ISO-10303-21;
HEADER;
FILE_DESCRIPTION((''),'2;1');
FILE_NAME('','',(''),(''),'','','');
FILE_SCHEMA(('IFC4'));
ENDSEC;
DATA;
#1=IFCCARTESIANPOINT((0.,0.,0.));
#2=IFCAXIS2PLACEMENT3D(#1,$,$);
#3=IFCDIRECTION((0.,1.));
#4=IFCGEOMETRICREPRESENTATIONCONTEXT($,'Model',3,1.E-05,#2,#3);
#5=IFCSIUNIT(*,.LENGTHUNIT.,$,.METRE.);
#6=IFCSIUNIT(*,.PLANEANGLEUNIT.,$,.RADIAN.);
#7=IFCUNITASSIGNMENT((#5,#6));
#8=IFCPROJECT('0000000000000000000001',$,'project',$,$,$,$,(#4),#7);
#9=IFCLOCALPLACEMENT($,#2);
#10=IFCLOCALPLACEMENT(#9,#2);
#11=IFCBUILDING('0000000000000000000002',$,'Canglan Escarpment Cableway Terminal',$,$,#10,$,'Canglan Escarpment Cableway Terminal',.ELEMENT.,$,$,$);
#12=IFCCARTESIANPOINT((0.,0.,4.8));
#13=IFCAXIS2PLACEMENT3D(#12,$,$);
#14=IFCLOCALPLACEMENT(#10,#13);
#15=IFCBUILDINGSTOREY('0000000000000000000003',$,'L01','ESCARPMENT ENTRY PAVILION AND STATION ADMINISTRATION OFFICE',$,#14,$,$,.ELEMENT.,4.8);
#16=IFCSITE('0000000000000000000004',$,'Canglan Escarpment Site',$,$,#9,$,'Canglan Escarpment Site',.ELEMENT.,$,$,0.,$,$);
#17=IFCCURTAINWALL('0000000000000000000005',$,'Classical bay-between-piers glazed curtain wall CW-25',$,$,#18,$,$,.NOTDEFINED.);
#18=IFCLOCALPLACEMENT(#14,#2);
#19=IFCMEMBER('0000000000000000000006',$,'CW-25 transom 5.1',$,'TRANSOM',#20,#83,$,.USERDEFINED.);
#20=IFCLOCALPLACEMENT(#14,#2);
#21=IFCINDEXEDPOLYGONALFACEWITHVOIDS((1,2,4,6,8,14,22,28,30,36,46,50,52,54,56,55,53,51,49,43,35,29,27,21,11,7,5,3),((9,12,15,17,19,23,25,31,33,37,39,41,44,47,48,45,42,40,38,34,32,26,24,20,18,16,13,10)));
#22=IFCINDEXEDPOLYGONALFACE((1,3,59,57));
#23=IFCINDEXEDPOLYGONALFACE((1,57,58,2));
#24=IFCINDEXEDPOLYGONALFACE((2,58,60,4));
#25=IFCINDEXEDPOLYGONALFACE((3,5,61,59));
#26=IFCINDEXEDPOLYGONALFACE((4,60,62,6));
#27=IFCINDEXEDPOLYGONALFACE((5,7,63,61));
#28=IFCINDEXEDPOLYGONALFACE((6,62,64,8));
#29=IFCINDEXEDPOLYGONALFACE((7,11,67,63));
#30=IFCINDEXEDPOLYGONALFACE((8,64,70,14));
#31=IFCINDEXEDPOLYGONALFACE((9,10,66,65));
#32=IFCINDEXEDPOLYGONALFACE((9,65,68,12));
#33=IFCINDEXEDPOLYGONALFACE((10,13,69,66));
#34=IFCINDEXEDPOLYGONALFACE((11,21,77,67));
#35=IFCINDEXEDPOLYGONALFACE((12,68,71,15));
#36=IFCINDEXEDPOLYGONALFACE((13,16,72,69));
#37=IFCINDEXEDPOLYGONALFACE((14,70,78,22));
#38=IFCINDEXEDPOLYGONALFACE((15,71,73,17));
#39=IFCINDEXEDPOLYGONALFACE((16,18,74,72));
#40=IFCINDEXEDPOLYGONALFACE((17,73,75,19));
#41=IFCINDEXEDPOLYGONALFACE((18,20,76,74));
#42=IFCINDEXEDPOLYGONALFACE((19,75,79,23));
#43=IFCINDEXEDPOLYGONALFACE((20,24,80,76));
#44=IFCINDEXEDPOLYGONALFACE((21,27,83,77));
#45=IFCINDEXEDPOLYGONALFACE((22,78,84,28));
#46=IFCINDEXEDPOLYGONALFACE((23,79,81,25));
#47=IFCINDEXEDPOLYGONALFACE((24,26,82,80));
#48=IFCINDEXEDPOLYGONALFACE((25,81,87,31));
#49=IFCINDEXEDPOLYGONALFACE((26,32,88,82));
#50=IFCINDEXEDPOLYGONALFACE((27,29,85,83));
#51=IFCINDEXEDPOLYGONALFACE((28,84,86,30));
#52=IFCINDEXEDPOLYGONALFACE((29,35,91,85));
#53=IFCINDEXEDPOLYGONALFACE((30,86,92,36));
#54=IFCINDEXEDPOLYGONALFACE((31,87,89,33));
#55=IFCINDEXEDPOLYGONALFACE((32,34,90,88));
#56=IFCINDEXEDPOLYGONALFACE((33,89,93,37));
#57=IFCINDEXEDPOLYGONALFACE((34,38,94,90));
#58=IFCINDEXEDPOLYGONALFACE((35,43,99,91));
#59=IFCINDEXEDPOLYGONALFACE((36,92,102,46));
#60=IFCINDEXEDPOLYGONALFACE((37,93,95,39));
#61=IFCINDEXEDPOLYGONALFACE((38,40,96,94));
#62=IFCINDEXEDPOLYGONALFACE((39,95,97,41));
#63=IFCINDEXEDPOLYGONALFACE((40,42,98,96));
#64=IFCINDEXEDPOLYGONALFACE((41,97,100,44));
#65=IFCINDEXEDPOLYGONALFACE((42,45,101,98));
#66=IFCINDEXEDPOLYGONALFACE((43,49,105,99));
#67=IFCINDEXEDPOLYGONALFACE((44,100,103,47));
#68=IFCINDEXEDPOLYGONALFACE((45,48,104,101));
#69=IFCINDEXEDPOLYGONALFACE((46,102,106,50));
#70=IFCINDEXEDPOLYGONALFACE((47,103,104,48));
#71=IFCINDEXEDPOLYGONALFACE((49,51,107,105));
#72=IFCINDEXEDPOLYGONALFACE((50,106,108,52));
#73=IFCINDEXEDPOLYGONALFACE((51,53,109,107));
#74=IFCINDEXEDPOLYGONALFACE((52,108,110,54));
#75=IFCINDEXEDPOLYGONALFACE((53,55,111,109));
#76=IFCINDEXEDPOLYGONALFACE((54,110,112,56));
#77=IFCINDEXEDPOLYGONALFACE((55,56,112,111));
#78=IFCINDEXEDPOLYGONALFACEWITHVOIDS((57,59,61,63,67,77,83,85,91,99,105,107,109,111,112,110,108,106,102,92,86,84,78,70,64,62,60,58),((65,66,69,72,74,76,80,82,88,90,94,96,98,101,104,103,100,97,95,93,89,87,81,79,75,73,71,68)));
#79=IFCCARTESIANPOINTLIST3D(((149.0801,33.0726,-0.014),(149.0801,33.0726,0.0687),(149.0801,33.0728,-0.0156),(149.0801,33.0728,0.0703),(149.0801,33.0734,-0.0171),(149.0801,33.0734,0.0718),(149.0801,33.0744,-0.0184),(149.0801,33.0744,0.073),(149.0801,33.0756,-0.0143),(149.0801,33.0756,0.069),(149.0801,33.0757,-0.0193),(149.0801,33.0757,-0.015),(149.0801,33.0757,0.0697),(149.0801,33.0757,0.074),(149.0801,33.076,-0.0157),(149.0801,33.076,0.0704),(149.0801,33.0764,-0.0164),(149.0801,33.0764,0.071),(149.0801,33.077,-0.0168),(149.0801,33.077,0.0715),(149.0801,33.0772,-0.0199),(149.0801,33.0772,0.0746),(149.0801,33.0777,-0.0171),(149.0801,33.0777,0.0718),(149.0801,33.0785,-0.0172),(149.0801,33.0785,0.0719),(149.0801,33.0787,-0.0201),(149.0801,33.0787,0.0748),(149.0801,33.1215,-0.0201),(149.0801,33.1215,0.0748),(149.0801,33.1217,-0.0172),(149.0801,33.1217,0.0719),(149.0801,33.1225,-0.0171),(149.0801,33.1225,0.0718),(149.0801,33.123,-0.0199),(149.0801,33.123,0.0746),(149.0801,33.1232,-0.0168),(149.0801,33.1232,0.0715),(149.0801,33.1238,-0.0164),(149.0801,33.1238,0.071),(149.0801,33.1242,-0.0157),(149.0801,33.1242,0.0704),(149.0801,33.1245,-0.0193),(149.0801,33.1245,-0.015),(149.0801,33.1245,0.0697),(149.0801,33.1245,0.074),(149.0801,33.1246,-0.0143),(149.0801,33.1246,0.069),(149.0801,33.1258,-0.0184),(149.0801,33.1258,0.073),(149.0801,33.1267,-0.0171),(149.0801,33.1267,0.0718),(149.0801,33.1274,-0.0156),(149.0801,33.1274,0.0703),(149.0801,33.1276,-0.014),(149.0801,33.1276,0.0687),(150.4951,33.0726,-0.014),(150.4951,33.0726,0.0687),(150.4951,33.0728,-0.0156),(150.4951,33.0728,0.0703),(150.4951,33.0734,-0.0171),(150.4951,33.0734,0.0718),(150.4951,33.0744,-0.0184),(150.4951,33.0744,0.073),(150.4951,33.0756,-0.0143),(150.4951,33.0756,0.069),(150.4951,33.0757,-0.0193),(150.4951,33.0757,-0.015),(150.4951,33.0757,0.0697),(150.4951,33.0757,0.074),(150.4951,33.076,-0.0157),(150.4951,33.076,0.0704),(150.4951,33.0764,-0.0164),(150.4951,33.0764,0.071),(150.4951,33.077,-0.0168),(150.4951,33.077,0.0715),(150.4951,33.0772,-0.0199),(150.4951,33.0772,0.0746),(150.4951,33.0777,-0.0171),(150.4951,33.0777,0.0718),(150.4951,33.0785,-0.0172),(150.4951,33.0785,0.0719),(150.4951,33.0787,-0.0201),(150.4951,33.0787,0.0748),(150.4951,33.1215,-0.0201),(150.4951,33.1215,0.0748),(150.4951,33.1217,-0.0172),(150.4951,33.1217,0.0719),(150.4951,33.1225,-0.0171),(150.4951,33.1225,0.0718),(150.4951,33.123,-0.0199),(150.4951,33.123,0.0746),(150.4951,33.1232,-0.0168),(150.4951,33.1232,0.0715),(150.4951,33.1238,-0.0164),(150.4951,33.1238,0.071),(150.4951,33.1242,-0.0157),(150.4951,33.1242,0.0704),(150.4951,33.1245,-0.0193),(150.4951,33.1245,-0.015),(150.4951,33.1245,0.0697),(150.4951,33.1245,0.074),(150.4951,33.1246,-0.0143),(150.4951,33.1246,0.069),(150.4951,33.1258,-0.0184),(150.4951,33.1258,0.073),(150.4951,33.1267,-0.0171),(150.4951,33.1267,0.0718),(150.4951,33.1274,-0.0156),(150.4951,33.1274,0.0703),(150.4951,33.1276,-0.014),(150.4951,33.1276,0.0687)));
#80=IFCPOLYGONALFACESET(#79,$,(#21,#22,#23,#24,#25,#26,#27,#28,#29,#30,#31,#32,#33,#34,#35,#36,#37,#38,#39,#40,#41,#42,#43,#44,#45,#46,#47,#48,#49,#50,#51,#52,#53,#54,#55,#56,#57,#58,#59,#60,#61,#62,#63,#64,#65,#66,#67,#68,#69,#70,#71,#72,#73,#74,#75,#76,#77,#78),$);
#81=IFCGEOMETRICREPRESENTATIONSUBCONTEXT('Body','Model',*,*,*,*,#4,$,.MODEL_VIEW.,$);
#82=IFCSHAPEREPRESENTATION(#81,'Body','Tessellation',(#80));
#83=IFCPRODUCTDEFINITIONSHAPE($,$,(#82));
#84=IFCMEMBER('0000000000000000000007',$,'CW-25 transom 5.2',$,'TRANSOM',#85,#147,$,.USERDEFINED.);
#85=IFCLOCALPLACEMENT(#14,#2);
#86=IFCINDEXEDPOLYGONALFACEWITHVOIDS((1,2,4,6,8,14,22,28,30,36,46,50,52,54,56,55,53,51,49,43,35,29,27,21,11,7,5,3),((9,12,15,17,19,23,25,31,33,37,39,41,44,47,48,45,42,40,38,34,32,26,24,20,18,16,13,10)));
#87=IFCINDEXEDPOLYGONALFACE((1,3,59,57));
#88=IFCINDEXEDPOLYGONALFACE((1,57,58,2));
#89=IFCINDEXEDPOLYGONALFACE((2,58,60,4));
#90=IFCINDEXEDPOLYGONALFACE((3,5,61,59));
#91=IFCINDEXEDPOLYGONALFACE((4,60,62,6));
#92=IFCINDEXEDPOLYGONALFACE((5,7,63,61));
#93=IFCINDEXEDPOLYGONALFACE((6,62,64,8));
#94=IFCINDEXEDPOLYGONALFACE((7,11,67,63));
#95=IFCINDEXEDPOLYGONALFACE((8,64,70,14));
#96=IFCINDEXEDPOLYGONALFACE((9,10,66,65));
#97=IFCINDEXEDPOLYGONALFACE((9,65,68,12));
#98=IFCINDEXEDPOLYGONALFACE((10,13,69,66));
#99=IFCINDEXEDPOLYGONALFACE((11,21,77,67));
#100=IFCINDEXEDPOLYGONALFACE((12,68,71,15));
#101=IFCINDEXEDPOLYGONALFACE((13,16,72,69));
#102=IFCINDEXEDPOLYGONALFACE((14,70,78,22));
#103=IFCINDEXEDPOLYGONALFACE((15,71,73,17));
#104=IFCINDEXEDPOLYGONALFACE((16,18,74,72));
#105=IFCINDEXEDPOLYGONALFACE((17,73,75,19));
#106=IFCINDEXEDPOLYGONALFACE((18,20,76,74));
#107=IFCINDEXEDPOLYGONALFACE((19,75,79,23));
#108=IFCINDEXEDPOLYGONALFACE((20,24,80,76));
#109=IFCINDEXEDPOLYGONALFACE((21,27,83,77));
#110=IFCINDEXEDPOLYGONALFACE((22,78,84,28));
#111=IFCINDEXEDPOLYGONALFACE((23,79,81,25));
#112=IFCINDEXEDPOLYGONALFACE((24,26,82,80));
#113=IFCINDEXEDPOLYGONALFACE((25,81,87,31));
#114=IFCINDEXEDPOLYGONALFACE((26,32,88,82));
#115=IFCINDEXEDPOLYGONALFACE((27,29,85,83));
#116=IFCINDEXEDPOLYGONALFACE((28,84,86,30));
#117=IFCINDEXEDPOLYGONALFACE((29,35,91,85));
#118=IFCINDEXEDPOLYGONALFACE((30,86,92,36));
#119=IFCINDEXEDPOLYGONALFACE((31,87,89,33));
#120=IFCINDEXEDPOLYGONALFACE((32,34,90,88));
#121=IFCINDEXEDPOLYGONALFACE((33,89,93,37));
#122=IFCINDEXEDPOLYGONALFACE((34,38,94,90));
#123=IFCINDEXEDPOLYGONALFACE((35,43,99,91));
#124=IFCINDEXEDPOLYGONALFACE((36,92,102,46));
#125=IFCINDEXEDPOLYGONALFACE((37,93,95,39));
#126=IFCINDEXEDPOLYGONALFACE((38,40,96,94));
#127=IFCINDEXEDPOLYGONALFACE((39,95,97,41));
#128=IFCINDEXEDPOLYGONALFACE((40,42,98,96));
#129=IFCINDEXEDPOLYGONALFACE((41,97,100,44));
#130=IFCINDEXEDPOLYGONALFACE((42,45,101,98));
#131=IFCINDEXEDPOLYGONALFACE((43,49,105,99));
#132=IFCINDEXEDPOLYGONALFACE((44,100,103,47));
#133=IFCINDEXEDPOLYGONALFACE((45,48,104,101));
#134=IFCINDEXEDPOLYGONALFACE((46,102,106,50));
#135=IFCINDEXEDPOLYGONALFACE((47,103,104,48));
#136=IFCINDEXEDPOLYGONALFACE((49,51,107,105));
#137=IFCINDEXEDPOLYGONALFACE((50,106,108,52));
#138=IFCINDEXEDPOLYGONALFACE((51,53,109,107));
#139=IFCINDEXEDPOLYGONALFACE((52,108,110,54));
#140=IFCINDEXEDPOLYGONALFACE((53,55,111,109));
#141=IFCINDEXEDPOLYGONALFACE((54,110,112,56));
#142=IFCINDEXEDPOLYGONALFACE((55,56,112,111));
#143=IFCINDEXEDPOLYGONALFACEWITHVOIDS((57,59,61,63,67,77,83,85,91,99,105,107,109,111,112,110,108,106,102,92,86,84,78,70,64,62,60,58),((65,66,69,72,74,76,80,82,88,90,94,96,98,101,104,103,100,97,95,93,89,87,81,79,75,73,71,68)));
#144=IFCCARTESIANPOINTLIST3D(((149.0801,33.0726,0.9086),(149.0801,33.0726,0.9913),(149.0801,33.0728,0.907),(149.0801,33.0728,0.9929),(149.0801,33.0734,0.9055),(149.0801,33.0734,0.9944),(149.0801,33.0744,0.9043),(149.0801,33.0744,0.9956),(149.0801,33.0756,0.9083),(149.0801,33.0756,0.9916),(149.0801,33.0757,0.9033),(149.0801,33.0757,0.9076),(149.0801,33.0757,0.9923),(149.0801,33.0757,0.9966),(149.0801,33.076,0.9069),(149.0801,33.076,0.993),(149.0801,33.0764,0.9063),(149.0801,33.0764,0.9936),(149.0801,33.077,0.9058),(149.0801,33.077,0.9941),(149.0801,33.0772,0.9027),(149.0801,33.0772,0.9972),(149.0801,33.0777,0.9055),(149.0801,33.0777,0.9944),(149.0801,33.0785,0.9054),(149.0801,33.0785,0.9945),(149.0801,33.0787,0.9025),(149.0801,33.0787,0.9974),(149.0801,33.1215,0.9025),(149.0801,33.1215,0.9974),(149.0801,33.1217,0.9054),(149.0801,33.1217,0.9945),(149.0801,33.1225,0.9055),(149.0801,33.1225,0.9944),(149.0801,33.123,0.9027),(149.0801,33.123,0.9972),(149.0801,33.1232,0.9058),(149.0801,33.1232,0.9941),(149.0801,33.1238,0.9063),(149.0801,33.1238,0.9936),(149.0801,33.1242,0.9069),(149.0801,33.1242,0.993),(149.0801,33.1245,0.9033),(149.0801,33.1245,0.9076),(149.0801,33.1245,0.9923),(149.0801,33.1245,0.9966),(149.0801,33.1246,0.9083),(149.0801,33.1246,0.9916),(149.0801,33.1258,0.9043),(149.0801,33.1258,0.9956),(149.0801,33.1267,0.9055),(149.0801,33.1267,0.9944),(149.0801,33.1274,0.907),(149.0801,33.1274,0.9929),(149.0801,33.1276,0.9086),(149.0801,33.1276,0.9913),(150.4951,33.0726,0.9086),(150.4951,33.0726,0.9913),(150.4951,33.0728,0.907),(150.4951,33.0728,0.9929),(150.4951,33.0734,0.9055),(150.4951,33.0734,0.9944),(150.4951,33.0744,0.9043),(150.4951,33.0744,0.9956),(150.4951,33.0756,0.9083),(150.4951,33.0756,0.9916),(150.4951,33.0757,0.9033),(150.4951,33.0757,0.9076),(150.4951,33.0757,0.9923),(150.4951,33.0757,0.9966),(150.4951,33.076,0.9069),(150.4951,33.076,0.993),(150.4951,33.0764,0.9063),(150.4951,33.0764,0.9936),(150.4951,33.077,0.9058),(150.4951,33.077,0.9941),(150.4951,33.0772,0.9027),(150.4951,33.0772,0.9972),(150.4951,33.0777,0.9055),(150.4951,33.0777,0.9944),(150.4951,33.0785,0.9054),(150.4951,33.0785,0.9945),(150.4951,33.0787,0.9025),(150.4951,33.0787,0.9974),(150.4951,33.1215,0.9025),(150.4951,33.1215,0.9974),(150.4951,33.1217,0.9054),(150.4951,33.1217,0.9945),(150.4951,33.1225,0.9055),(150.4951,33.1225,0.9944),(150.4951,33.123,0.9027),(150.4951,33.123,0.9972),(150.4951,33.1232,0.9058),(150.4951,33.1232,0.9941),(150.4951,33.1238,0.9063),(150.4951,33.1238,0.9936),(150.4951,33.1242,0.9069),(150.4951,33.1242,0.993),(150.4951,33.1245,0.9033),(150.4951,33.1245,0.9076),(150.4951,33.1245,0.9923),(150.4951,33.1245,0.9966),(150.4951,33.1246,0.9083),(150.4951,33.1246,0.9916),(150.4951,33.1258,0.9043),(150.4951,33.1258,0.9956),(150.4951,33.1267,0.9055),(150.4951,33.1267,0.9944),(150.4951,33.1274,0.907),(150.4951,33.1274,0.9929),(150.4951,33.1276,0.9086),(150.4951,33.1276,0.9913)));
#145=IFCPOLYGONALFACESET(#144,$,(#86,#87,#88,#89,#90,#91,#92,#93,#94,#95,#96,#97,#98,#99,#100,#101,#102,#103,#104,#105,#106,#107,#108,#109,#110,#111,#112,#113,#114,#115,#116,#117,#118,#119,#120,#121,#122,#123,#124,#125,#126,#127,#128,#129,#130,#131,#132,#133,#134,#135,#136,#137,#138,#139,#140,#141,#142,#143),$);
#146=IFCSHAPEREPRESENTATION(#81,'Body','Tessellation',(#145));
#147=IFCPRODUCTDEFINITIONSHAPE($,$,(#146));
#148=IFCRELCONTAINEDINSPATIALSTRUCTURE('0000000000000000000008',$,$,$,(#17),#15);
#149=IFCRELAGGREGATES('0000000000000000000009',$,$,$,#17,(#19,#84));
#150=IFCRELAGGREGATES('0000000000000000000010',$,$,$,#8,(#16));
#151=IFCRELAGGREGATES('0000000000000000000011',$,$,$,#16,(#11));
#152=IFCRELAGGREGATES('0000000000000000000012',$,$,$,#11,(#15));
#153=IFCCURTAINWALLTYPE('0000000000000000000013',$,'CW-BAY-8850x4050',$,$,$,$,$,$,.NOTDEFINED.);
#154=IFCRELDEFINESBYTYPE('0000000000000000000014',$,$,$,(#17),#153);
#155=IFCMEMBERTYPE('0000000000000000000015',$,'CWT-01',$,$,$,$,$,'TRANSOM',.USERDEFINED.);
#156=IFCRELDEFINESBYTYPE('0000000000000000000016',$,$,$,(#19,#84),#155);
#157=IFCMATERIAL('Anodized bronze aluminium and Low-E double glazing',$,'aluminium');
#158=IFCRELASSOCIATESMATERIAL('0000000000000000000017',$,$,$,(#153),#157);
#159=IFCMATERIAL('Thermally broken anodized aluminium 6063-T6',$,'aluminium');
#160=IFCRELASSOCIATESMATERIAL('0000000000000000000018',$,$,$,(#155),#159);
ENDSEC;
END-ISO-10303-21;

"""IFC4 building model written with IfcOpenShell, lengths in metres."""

from ifc_helpers import new_model, si_unit, direction, frame, origin, origin_2d, place, context, subcontext, project, spatial, hollow_rectangle, extrude, material, material_profile, profile_set, type_object, element, aggregate, save


model = new_model("IFC4")

# Units and contexts
model_context = context("Model", 3, precision=1e-05, world=origin(), true_north=direction((0.0, 1.0)))
body_context = subcontext(model_context, "Body", "Model", "MODEL_VIEW")
ifc_project = project(units=[si_unit("LENGTHUNIT", "METRE"), si_unit("PLANEANGLEUNIT", "RADIAN")], contexts=[model_context])

# Site, building, storey
site_placement = place(None, origin())
site = spatial("IfcSite", under=ifc_project, at=site_placement, Name="Canglan Escarpment Site", LongName="Canglan Escarpment Site", CompositionType="ELEMENT", RefElevation=0.0)
building_placement = place(site_placement, origin())
building = spatial("IfcBuilding", under=site, at=building_placement, Name="Canglan Escarpment Cableway Terminal", LongName="Canglan Escarpment Cableway Terminal", CompositionType="ELEMENT")
storey_placement = place(building_placement, frame((0.0, 0.0, 4.8)))
storey = spatial("IfcBuildingStorey", under=building, at=storey_placement, Name="L01", Description="ESCARPMENT ENTRY PAVILION AND STATION ADMINISTRATION OFFICE", CompositionType="ELEMENT", Elevation=4.8)

# Curtain wall, members
ifc_material_1 = material(Name="Anodized bronze aluminium and Low-E double glazing", Category="aluminium")
curtain_wall_type = type_object("IfcCurtainWallType", Name="CW-BAY-8850x4050", PredefinedType="NOTDEFINED", material=ifc_material_1)
curtain_wall_placement = place(storey_placement, origin())
curtain_wall = element("IfcCurtainWall", 1, at=curtain_wall_placement, inside=storey, type_object=curtain_wall_type, Name="Classical bay-between-piers glazed curtain wall CW-25", PredefinedType="NOTDEFINED")
ifc_material_2 = material(Name="Thermally broken anodized aluminium 6063-T6", Category="aluminium")
ifc_material_profile_1 = material_profile(ifc_material_2, hollow_rectangle(XDim=0.0549, YDim=0.095, WallThickness=0.0029, InnerFilletRadius=0.0029, OuterFilletRadius=0.0061, at=origin_2d()), Name="ALU-TRAN 55x95x3")
ifc_profile_set_1 = profile_set([ifc_material_profile_1], Name="Thermally broken anodized aluminium 6063-T6")
member_type_1 = type_object("IfcMemberType", Name="CWT-01", ElementType="TRANSOM", PredefinedType="USERDEFINED", material=ifc_profile_set_1)
member_1_placement = place(storey_placement, frame((150.4951, 33.1001, 0.0273), z_axis=(-1.0, 0.0, 0.0), x_axis=(0.0, -1.0, 0.0)))
member_1 = element("IfcMember", 2, at=member_1_placement, type_object=member_type_1, Name="CW-25 transom 5.1", ObjectType="TRANSOM", PredefinedType="USERDEFINED", context=body_context, shape_type="SweptSolid", body=[
    extrude(hollow_rectangle(XDim=0.0549, YDim=0.095, WallThickness=0.0029, InnerFilletRadius=0.0029, OuterFilletRadius=0.0061, at=origin_2d()), origin(), (0.0, 0.0, 1.0), 1.415),
])
member_2_placement = place(storey_placement, frame((150.4951, 33.1001, 0.95), z_axis=(-1.0, 0.0, 0.0), x_axis=(0.0, -1.0, 0.0)))
member_2 = element("IfcMember", 3, at=member_2_placement, type_object=member_type_1, Name="CW-25 transom 5.2", ObjectType="TRANSOM", PredefinedType="USERDEFINED", context=body_context, shape_type="SweptSolid", body=[
    extrude(hollow_rectangle(XDim=0.0549, YDim=0.095, WallThickness=0.0029, InnerFilletRadius=0.0029, OuterFilletRadius=0.0061, at=origin_2d()), origin(), (0.0, 0.0, 1.0), 1.415),
])
aggregate(curtain_wall, [member_1, member_2])

save(model, "model.ifc")
